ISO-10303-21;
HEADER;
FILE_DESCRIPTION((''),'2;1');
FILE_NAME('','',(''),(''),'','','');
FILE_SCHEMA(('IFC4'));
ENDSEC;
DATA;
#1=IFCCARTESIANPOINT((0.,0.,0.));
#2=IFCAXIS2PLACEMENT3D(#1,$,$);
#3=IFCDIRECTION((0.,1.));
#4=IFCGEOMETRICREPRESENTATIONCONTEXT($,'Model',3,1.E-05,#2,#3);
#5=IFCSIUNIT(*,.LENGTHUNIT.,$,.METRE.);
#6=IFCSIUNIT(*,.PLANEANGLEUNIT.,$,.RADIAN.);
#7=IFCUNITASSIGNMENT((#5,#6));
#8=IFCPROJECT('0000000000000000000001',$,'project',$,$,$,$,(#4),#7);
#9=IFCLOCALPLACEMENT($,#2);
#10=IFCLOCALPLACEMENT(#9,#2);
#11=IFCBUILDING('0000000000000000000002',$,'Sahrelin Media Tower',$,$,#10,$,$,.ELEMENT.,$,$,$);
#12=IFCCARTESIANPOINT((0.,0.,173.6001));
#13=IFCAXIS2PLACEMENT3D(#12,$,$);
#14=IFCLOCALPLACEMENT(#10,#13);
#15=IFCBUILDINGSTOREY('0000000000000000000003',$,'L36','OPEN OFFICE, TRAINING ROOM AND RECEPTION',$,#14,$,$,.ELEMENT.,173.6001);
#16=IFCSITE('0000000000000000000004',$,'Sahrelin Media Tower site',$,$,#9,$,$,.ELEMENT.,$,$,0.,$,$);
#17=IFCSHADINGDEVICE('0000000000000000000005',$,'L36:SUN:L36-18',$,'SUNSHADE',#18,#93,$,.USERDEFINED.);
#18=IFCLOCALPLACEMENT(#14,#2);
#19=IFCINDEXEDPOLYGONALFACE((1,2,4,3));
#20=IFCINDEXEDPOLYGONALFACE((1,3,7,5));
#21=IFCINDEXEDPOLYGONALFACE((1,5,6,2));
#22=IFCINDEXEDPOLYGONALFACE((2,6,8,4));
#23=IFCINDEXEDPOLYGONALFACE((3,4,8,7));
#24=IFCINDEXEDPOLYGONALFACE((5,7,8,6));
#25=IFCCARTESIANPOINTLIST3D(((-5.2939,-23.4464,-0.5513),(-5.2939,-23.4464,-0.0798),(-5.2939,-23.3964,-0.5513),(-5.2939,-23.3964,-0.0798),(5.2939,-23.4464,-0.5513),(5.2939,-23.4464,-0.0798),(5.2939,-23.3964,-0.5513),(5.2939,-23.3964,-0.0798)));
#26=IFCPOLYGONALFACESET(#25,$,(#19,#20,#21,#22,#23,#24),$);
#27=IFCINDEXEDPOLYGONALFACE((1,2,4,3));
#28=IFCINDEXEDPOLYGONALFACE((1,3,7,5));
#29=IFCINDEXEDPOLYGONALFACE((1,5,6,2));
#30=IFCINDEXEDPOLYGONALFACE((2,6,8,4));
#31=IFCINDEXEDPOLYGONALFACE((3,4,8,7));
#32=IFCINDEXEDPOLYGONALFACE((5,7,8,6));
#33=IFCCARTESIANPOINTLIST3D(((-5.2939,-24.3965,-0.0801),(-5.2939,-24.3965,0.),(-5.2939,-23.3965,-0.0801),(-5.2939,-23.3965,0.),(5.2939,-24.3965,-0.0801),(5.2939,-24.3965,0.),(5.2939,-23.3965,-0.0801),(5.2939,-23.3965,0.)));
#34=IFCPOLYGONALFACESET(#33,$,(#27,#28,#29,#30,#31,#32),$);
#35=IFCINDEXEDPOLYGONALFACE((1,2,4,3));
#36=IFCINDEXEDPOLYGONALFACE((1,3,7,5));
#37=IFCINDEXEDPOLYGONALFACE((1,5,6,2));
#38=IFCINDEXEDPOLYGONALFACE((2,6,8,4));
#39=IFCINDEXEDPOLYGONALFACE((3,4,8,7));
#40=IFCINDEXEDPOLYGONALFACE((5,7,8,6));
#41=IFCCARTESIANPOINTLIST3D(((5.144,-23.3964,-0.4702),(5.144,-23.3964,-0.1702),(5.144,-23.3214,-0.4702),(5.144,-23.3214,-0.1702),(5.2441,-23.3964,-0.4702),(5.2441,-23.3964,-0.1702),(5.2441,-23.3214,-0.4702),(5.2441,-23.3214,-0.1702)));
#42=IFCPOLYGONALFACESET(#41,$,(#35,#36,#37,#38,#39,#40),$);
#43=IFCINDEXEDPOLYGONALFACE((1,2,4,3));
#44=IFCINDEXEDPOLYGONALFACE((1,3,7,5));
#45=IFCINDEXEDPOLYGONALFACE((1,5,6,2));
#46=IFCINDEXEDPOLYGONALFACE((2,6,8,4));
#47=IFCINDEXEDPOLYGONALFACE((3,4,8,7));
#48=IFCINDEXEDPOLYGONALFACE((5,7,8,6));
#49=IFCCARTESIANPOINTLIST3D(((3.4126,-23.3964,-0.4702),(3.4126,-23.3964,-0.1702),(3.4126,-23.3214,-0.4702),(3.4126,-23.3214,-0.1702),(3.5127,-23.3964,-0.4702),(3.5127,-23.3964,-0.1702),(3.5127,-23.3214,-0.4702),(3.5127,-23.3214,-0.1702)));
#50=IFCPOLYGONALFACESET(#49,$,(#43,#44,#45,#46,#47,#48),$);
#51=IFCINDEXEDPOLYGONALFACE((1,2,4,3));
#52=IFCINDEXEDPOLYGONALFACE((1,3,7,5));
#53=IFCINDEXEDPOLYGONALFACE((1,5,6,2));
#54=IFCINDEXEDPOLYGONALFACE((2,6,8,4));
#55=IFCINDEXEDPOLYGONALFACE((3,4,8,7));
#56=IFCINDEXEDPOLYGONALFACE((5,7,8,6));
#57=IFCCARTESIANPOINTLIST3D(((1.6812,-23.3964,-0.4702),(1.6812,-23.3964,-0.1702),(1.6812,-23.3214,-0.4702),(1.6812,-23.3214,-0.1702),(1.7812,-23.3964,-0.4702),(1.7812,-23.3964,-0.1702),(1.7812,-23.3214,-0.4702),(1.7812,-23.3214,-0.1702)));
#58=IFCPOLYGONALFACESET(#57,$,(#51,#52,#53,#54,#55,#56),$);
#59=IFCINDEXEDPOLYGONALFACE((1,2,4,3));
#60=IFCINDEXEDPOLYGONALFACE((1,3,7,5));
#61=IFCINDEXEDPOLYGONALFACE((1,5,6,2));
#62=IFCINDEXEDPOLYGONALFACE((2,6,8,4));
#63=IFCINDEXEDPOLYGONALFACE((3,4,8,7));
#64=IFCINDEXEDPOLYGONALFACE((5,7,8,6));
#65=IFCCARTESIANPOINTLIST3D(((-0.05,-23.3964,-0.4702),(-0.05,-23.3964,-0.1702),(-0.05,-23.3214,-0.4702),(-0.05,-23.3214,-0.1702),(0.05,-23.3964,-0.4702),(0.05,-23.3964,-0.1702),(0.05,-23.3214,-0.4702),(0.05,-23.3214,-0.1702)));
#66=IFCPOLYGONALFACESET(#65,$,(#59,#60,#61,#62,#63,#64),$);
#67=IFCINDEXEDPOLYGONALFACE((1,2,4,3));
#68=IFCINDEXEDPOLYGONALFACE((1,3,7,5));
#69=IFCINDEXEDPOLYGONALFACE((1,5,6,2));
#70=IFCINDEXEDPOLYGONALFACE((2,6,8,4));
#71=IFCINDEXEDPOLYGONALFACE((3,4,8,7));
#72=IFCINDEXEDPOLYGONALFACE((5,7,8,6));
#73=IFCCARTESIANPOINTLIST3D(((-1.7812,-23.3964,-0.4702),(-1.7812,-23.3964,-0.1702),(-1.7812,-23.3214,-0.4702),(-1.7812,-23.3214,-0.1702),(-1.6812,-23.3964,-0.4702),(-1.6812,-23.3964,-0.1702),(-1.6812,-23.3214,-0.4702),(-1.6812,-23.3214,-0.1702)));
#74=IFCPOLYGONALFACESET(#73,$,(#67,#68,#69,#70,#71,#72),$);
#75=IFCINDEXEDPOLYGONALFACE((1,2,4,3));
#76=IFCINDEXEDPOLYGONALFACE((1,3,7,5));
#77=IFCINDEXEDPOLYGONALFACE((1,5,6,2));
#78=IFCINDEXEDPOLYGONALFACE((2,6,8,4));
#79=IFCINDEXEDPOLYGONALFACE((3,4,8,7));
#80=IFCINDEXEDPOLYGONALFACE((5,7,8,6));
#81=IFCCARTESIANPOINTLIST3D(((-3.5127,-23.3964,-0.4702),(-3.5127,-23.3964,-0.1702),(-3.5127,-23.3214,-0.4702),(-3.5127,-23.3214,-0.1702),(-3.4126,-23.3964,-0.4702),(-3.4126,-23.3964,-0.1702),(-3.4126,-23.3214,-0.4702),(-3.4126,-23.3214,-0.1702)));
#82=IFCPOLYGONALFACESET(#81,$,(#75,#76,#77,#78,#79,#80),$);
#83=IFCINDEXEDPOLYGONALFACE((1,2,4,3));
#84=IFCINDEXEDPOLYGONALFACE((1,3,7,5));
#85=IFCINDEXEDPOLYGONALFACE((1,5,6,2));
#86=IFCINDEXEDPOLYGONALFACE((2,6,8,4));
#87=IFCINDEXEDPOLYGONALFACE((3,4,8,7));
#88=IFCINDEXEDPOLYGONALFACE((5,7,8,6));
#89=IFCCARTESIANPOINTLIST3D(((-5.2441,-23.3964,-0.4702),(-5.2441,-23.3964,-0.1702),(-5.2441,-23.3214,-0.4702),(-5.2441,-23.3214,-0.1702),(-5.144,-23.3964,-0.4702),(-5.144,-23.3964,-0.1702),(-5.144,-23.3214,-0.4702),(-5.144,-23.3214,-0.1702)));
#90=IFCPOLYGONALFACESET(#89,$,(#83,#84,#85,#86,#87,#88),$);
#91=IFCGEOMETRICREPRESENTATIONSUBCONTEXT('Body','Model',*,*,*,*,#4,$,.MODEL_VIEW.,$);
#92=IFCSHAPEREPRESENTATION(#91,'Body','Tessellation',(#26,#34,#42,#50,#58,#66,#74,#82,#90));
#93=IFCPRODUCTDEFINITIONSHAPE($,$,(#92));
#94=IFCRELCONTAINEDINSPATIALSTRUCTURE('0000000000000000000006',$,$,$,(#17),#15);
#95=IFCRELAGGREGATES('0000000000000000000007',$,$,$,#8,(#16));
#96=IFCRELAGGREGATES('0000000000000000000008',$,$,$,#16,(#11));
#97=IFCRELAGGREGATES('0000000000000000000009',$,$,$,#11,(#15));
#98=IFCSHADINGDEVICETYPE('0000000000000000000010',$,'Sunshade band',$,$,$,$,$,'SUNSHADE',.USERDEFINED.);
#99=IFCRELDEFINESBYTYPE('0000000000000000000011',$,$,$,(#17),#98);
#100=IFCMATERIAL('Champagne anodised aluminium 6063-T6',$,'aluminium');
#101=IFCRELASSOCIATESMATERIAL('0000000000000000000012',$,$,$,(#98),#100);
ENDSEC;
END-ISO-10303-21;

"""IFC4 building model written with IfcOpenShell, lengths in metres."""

from ifc_helpers import new_model, si_unit, direction, frame, origin, origin_2d, place, context, subcontext, project, spatial, rectangle, extrude, material, type_object, element, save


model = new_model("IFC4")

# Units and contexts
model_context = context("Model", 3, precision=1e-05, world=origin(), true_north=direction((0.0, 1.0)))
body_context = subcontext(model_context, "Body", "Model", "MODEL_VIEW")
ifc_project = project(units=[si_unit("LENGTHUNIT", "METRE"), si_unit("PLANEANGLEUNIT", "RADIAN")], contexts=[model_context])

# Site, building, storey
site_placement = place(None, origin())
site = spatial("IfcSite", under=ifc_project, at=site_placement, Name="Sahrelin Media Tower site", CompositionType="ELEMENT", RefElevation=0.0)
building_placement = place(site_placement, origin())
building = spatial("IfcBuilding", under=site, at=building_placement, Name="Sahrelin Media Tower", CompositionType="ELEMENT")
storey_placement = place(building_placement, frame((0.0, 0.0, 173.6001)))
storey = spatial("IfcBuildingStorey", under=building, at=storey_placement, Name="L36", Description="OPEN OFFICE, TRAINING ROOM AND RECEPTION", CompositionType="ELEMENT", Elevation=173.6001)

# Shared definitions
ifc_material_1 = material(Name="Champagne anodised aluminium 6063-T6", Category="aluminium")

# Shading device
placement_1 = place(storey_placement, frame((0.0, -23.3765, 0.0), z_axis=(0.0, 0.0, 1.0), x_axis=(-1.0, 0.0, 0.0)))
shading_device_type_1 = type_object("IfcShadingDeviceType", Name="Sunshade band", ElementType="SUNSHADE", PredefinedType="USERDEFINED", material=ifc_material_1)
element("IfcShadingDevice", 1, at=placement_1, inside=storey, type_object=shading_device_type_1, Name="L36:SUN:L36-18", ObjectType="SUNSHADE", PredefinedType="USERDEFINED", context=body_context, shape_type="SweptSolid", body=[
    extrude(rectangle(XDim=10.5879, YDim=0.05, at=origin_2d()), frame((0.0, 0.0449, -0.5513)), (0.0, 0.0, 1.0), 0.4714),
    extrude(rectangle(XDim=10.5879, YDim=1.0, at=origin_2d()), frame((0.0, 0.52, -0.0801)), (0.0, 0.0, 1.0), 0.0801),
    extrude(rectangle(XDim=0.1001, YDim=0.075, at=origin_2d()), frame((-5.1941, -0.0176, -0.4702)), (0.0, 0.0, 1.0), 0.3),
    extrude(rectangle(XDim=0.1001, YDim=0.075, at=origin_2d()), frame((-3.4626, -0.0176, -0.4702)), (0.0, 0.0, 1.0), 0.3),
    extrude(rectangle(XDim=0.1001, YDim=0.075, at=origin_2d()), frame((-1.7312, -0.0176, -0.4702)), (0.0, 0.0, 1.0), 0.3),
    extrude(rectangle(XDim=0.1001, YDim=0.075, at=origin_2d()), frame((0.0, -0.0176, -0.4702)), (0.0, 0.0, 1.0), 0.3),
    extrude(rectangle(XDim=0.1001, YDim=0.075, at=origin_2d()), frame((1.7312, -0.0176, -0.4702)), (0.0, 0.0, 1.0), 0.3),
    extrude(rectangle(XDim=0.1001, YDim=0.075, at=origin_2d()), frame((3.4626, -0.0176, -0.4702)), (0.0, 0.0, 1.0), 0.3),
    extrude(rectangle(XDim=0.1001, YDim=0.075, at=origin_2d()), frame((5.1941, -0.0176, -0.4702)), (0.0, 0.0, 1.0), 0.3),
])

save(model, "model.ifc")
